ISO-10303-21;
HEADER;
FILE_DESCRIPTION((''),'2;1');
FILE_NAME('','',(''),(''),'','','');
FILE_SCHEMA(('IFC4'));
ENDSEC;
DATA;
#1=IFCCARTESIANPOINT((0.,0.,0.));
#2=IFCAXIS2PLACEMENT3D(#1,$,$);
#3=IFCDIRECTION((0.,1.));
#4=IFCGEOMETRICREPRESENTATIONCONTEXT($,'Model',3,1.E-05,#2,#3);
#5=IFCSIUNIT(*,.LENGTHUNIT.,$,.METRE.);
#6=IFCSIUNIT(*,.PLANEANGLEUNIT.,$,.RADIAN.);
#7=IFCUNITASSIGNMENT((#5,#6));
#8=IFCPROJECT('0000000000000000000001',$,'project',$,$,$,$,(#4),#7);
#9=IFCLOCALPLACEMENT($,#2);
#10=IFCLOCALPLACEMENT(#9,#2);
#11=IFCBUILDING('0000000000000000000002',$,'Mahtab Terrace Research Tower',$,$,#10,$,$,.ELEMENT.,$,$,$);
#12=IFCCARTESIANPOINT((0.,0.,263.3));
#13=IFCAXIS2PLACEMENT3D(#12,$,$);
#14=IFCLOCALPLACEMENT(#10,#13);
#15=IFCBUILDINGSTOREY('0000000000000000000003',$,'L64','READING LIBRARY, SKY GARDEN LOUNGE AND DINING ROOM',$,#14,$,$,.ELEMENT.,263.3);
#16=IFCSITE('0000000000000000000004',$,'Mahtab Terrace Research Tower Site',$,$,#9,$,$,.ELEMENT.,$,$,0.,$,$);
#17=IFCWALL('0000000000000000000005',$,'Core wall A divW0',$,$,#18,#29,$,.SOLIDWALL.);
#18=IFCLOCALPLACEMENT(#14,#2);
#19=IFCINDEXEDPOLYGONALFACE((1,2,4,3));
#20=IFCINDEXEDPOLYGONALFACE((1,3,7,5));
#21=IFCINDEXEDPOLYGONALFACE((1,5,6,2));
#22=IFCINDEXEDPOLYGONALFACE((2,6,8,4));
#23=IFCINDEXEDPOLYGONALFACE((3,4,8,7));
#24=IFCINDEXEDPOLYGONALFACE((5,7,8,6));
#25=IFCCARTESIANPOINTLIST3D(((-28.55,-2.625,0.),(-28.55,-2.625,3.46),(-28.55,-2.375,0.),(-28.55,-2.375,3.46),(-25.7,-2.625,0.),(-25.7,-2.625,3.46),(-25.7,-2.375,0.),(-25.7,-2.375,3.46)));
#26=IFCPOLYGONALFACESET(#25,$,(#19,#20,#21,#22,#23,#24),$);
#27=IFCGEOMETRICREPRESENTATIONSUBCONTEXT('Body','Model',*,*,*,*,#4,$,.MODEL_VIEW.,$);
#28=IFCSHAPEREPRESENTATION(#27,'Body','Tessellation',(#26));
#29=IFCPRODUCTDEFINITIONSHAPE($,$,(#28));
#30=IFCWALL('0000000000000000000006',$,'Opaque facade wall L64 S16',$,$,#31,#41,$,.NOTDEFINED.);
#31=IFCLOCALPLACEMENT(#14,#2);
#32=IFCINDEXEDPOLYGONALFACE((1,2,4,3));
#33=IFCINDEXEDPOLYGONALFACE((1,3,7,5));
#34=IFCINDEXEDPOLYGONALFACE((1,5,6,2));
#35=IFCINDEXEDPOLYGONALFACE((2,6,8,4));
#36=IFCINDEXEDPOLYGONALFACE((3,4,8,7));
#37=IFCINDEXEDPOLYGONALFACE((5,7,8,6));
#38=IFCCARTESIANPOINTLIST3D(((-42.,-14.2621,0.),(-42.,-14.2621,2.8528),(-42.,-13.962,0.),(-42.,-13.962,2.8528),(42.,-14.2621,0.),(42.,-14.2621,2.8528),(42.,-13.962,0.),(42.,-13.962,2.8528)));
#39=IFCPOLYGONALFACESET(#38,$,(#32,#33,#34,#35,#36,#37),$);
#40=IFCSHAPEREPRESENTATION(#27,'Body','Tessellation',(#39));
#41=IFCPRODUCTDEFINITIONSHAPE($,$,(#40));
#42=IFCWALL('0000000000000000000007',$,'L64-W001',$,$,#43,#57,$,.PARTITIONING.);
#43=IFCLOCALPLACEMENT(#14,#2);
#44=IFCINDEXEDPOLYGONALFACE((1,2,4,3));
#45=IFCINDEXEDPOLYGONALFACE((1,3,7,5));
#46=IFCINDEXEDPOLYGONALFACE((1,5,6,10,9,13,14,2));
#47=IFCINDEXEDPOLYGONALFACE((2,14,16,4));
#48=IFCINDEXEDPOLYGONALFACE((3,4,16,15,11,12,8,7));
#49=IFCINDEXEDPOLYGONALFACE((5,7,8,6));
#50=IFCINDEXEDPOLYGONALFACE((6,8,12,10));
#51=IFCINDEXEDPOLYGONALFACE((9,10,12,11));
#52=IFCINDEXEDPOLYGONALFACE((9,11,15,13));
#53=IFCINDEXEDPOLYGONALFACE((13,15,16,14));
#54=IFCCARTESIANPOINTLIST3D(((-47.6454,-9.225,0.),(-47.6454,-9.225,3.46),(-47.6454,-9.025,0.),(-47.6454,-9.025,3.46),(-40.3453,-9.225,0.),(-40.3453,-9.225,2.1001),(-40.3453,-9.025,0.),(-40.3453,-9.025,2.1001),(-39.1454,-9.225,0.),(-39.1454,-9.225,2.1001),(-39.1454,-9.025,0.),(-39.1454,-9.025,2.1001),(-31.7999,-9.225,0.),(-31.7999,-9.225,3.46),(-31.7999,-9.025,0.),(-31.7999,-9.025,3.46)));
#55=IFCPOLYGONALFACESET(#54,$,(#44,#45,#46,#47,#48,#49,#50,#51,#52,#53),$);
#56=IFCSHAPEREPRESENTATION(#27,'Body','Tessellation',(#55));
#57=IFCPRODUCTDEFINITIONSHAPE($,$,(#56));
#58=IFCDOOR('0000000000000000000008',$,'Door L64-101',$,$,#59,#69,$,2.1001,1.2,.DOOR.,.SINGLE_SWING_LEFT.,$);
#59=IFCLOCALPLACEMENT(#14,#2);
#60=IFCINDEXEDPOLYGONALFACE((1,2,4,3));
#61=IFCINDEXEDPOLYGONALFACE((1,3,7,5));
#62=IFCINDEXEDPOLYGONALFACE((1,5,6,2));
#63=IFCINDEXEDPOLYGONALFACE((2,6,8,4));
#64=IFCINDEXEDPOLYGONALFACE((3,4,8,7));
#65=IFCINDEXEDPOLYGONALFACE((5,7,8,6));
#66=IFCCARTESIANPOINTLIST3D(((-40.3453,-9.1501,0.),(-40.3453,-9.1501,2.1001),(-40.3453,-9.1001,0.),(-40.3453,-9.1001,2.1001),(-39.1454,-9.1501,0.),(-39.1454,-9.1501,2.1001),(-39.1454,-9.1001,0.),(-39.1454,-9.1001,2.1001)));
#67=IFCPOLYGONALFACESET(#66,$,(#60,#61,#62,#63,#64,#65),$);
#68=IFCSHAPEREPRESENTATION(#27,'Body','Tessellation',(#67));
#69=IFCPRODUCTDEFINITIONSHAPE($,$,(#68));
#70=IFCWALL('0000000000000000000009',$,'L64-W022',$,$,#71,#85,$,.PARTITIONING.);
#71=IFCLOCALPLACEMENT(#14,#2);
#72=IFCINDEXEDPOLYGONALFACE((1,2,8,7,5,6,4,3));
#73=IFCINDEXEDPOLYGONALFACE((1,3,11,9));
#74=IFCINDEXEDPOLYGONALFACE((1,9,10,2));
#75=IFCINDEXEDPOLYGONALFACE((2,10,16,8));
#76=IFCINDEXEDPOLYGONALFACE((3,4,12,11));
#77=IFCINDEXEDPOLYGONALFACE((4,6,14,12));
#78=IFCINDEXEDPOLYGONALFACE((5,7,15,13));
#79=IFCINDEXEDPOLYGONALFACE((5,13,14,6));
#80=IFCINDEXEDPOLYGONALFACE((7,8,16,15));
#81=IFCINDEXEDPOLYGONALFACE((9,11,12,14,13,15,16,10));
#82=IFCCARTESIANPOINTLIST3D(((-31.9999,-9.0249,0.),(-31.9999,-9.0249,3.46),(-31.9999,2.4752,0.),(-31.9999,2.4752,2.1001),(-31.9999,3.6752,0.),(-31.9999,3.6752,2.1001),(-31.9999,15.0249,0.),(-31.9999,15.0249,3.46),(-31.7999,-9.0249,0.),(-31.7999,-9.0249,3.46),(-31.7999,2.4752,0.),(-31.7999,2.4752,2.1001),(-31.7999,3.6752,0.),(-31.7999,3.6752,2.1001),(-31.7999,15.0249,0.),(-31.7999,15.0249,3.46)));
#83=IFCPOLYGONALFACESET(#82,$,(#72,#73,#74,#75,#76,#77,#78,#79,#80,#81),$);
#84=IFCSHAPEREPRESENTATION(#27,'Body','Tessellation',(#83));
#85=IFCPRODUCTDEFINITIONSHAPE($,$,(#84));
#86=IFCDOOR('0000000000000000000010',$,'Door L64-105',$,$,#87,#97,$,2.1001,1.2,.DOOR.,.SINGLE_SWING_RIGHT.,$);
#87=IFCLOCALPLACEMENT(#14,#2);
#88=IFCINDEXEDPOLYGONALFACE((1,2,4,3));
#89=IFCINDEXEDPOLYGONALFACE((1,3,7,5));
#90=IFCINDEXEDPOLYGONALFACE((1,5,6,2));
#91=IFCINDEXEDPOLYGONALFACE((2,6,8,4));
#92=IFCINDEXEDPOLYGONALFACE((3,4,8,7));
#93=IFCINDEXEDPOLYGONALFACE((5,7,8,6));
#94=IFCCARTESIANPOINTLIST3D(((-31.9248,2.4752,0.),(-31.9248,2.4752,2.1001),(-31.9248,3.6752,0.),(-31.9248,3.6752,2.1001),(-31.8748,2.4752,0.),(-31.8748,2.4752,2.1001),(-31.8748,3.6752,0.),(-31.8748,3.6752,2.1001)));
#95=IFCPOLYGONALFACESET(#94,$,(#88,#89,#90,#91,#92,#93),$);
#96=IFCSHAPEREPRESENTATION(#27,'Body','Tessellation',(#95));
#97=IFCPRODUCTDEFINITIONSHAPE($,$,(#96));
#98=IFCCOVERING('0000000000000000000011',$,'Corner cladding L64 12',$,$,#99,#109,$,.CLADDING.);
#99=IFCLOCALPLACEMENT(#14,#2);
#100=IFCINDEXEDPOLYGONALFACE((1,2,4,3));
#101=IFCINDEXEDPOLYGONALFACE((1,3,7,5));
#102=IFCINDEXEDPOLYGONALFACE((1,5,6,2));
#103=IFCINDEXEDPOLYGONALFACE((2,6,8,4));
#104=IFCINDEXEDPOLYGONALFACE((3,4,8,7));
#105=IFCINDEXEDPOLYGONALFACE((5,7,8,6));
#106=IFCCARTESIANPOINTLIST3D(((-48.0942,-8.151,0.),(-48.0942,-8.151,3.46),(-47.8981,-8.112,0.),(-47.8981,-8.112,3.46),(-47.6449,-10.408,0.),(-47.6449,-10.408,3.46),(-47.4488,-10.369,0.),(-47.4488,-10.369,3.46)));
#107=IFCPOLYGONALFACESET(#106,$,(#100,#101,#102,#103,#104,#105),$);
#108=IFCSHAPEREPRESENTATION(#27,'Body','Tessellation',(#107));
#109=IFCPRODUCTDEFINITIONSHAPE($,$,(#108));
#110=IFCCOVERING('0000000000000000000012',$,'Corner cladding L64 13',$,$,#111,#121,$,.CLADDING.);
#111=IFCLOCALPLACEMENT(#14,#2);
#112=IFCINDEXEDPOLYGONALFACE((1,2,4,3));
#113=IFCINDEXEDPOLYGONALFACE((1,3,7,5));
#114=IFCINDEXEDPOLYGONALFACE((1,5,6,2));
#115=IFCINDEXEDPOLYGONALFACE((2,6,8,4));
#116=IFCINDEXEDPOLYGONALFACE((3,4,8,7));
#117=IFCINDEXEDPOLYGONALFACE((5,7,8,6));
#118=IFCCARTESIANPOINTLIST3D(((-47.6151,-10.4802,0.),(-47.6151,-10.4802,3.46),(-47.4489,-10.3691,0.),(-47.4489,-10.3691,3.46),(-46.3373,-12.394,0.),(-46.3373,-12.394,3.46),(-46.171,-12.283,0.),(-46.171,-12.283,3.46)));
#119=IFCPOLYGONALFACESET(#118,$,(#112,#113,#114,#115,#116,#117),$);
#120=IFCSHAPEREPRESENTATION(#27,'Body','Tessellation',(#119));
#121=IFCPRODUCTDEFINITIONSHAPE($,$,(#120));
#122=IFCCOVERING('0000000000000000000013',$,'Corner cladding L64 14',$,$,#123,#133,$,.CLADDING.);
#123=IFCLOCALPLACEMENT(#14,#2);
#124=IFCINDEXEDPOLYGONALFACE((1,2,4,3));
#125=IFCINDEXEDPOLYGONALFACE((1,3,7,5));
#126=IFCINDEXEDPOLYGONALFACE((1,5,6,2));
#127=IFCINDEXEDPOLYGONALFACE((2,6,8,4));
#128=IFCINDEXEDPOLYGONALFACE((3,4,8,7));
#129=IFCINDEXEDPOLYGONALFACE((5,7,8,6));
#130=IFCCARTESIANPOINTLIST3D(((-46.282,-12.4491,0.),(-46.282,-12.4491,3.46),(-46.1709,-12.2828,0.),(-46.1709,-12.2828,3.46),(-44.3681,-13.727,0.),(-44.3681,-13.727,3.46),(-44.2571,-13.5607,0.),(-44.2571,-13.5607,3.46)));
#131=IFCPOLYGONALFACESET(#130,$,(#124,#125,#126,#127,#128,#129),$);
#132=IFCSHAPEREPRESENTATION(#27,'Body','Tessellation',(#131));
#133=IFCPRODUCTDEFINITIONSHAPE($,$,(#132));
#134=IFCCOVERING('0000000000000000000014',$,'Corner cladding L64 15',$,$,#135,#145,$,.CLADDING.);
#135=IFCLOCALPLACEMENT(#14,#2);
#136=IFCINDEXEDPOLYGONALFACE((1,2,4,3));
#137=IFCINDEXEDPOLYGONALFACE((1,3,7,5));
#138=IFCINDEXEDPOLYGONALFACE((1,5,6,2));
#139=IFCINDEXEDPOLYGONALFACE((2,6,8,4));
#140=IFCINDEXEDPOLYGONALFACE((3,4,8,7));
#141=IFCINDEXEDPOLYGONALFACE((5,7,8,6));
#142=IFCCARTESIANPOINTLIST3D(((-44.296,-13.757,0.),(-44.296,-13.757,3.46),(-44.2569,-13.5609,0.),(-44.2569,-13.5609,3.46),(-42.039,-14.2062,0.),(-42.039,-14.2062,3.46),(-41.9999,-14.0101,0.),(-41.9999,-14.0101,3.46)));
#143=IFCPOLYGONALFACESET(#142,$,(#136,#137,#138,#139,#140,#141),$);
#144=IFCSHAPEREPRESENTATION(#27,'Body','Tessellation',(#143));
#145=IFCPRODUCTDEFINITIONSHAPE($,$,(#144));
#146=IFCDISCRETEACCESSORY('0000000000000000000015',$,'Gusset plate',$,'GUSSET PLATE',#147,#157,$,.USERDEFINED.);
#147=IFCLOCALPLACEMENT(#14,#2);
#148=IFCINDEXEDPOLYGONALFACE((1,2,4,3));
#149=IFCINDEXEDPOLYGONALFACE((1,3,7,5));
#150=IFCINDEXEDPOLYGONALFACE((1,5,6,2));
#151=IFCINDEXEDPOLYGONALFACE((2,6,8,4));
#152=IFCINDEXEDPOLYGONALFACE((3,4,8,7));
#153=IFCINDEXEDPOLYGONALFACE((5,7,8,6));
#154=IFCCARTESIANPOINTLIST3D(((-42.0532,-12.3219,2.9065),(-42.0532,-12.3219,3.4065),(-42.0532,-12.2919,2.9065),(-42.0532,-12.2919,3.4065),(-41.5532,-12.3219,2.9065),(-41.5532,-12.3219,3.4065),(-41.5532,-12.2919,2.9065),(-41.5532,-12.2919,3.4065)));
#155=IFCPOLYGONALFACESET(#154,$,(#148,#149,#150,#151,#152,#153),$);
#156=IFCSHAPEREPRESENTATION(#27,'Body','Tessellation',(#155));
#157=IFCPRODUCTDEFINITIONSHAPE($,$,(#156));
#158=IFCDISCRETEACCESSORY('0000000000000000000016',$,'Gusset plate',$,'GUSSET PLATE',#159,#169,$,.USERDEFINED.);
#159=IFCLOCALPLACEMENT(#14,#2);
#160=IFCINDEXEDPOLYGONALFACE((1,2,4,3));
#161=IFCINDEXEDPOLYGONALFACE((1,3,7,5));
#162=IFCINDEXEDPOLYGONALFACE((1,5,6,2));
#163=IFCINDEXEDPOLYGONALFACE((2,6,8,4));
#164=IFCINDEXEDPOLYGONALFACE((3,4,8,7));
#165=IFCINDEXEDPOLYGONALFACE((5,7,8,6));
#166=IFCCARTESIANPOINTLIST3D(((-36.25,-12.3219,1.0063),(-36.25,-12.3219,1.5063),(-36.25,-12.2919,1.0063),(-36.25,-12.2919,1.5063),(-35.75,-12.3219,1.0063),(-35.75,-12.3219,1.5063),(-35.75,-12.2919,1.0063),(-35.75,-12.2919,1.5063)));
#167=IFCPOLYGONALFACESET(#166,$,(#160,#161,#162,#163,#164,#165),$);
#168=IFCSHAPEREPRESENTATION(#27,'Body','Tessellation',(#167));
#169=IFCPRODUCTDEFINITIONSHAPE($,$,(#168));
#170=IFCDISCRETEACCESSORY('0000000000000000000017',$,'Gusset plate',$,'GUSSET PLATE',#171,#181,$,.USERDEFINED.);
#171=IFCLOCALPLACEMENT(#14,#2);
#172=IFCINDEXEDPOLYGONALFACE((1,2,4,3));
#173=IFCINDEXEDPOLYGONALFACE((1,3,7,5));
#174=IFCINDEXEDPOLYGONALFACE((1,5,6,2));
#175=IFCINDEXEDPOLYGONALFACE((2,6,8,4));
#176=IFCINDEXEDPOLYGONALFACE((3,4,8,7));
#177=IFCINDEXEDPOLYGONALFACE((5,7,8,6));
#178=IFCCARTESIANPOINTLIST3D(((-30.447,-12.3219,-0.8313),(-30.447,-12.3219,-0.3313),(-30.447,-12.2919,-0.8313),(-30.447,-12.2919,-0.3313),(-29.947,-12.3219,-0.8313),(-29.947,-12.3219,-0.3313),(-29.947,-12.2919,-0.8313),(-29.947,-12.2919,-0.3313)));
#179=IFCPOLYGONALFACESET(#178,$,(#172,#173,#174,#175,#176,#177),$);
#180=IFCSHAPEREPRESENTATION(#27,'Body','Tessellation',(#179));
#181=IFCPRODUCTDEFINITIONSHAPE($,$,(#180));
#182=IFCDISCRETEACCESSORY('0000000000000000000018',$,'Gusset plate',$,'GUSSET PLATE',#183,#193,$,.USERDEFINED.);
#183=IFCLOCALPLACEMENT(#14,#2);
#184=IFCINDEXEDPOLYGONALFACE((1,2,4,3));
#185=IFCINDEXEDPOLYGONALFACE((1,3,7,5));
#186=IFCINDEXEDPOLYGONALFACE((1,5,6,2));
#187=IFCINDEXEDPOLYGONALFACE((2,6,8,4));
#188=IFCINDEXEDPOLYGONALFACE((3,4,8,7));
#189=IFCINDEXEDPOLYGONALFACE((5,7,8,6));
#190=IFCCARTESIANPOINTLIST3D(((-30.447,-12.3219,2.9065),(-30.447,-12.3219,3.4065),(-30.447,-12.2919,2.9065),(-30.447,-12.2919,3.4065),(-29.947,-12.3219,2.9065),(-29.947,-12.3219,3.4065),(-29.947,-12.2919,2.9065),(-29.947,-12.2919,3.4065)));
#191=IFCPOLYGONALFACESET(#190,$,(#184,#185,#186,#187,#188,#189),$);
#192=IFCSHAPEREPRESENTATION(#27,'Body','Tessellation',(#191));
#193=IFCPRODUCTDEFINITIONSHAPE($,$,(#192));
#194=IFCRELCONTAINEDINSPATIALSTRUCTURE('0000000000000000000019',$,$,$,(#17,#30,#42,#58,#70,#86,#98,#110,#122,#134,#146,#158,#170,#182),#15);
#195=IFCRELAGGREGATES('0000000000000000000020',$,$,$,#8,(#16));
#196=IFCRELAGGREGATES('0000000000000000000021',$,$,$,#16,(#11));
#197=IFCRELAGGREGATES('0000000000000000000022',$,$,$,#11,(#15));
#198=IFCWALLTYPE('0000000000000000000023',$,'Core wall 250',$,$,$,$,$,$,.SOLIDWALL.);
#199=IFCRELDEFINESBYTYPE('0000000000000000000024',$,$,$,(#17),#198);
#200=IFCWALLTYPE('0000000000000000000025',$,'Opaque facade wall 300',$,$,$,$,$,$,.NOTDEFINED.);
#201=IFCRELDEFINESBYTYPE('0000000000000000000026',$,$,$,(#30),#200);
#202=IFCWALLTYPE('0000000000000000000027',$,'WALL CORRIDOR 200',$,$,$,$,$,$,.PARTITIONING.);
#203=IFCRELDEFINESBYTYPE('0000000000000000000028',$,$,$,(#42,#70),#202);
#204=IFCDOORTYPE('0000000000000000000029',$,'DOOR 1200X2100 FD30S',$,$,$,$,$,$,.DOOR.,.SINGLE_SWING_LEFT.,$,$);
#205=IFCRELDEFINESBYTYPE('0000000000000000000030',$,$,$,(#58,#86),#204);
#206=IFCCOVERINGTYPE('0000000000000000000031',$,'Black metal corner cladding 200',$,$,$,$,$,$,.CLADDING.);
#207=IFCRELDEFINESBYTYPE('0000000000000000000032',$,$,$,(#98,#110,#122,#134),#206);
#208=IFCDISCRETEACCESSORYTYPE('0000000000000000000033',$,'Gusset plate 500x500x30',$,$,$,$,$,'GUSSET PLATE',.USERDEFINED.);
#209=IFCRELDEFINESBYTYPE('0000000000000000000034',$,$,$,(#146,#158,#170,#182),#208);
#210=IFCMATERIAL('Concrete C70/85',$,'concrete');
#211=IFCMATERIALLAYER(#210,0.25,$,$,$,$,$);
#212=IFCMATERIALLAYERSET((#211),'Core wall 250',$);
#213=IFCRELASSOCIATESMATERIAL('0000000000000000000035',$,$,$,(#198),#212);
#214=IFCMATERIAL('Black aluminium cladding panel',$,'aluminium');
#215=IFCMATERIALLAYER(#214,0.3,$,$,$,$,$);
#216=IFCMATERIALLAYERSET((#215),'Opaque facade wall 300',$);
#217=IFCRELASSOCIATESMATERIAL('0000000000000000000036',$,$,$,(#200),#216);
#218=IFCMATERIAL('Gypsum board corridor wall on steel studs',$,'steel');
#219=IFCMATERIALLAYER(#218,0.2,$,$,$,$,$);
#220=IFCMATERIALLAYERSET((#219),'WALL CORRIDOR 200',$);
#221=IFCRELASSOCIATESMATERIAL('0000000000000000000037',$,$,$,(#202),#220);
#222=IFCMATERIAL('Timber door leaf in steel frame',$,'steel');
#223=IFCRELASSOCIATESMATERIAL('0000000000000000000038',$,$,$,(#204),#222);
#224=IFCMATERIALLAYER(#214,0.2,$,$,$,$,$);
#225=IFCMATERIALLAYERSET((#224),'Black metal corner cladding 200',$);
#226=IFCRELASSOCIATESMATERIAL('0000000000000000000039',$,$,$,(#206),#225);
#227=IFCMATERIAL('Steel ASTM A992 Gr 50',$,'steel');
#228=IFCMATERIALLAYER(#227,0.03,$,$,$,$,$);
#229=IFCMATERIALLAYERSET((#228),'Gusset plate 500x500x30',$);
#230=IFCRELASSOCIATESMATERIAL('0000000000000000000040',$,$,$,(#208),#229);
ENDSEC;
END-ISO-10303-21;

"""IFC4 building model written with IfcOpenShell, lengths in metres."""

from ifc_helpers import new_model, si_unit, direction, frame, frame_2d, origin, origin_2d, place, context, subcontext, project, spatial, rectangle, extrude, material, layer, layer_set, type_object, element, fill, save


model = new_model("IFC4")

# Units and contexts
model_context = context("Model", 3, precision=1e-05, world=origin(), true_north=direction((0.0, 1.0)))
body_context = subcontext(model_context, "Body", "Model", "MODEL_VIEW")
ifc_project = project(units=[si_unit("LENGTHUNIT", "METRE"), si_unit("PLANEANGLEUNIT", "RADIAN")], contexts=[model_context])

# Site, building, storey
site_placement = place(None, origin())
site = spatial("IfcSite", under=ifc_project, at=site_placement, Name="Mahtab Terrace Research Tower Site", CompositionType="ELEMENT", RefElevation=0.0)
building_placement = place(site_placement, origin())
building = spatial("IfcBuilding", under=site, at=building_placement, Name="Mahtab Terrace Research Tower", CompositionType="ELEMENT")
storey_placement = place(building_placement, frame((0.0, 0.0, 263.3)))
storey = spatial("IfcBuildingStorey", under=building, at=storey_placement, Name="L64", Description="READING LIBRARY, SKY GARDEN LOUNGE AND DINING ROOM", CompositionType="ELEMENT", Elevation=263.3)

# Shared definitions
ifc_material_1 = material(Name="Concrete C70/85", Category="concrete")
ifc_material_2 = material(Name="Steel ASTM A992 Gr 50", Category="steel")

# Walls
ifc_layer_1 = layer(ifc_material_1, 0.25)
ifc_layer_set_1 = layer_set([ifc_layer_1], Name="Core wall 250")
wall_type_1 = type_object("IfcWallType", Name="Core wall 250", PredefinedType="SOLIDWALL", material=ifc_layer_set_1)
wall_1_placement = place(storey_placement, frame((-28.55, -2.5, 0.0), z_axis=(0.0, 0.0, 1.0), x_axis=(1.0, 0.0, 0.0)))
element("IfcWall", 1, at=wall_1_placement, inside=storey, type_object=wall_type_1, Name="Core wall A divW0", PredefinedType="SOLIDWALL", context=body_context, shape_type="SweptSolid", body=[
    extrude(rectangle(XDim=2.8501, YDim=0.25, at=frame_2d((1.425, 0.0))), origin(), (0.0, 0.0, 1.0), 3.46),
])
ifc_material_3 = material(Name="Black aluminium cladding panel", Category="aluminium")
ifc_layer_2 = layer(ifc_material_3, 0.3)
ifc_layer_set_2 = layer_set([ifc_layer_2], Name="Opaque facade wall 300")
wall_type_2 = type_object("IfcWallType", Name="Opaque facade wall 300", PredefinedType="NOTDEFINED", material=ifc_layer_set_2)
wall_2_placement = place(storey_placement, frame((-42.0, -14.1121, 0.0), z_axis=(0.0, 0.0, 1.0), x_axis=(1.0, 0.0, 0.0)))
element("IfcWall", 2, at=wall_2_placement, inside=storey, type_object=wall_type_2, Name="Opaque facade wall L64 S16", PredefinedType="NOTDEFINED", context=body_context, shape_type="SweptSolid", body=[
    extrude(rectangle(XDim=84.0, YDim=0.3, at=frame_2d((42.0, 0.0))), origin(), (0.0, 0.0, 1.0), 2.8528),
])

# Walls, openings, doors
ifc_material_4 = material(Name="Gypsum board corridor wall on steel studs", Category="steel")
ifc_layer_3 = layer(ifc_material_4, 0.2)
ifc_layer_set_3 = layer_set([ifc_layer_3], Name="WALL CORRIDOR 200")
wall_type_3 = type_object("IfcWallType", Name="WALL CORRIDOR 200", PredefinedType="PARTITIONING", material=ifc_layer_set_3)
wall_3_placement = place(storey_placement, frame((-47.6455, -9.125, 0.0), z_axis=(0.0, 0.0, 1.0), x_axis=(1.0, 0.0, 0.0)))
wall_3 = element("IfcWall", 3, at=wall_3_placement, inside=storey, type_object=wall_type_3, Name="L64-W001", PredefinedType="PARTITIONING", context=body_context, shape_type="SweptSolid", body=[
    extrude(rectangle(XDim=15.8455, YDim=0.2, at=frame_2d((7.9229, 0.0))), origin(), (0.0, 0.0, 1.0), 3.46),
])
opening_1_placement = place(wall_3_placement, frame((7.3, 0.0, 0.0)))
opening_1 = element("IfcOpeningElement", 4, at=opening_1_placement, cuts=wall_3, PredefinedType="OPENING", context=body_context, shape_type="SweptSolid", body=[
    extrude(rectangle(XDim=1.2, YDim=2.1001, at=frame_2d((0.6001, 1.05))), frame((0.0, 0.1099, 0.0), z_axis=(0.0, -1.0, 0.0), x_axis=(1.0, 0.0, 0.0)), (0.0, 0.0, 1.0), 0.22),
])
ifc_material_5 = material(Name="Timber door leaf in steel frame", Category="steel")
door_type = type_object("IfcDoorType", Name="DOOR 1200X2100 FD30S", OperationType="SINGLE_SWING_LEFT", PredefinedType="DOOR", material=ifc_material_5)
door_1_placement = place(opening_1_placement, origin())
door_1 = element("IfcDoor", 5, at=door_1_placement, inside=storey, type_object=door_type, Name="Door L64-101", OperationType="SINGLE_SWING_LEFT", OverallHeight=2.1001, OverallWidth=1.2, PredefinedType="DOOR", context=body_context, shape_type="SweptSolid", body=[
    extrude(rectangle(XDim=1.2, YDim=2.1001, at=frame_2d((0.6001, 1.05))), frame((0.0, 0.0249, 0.0), z_axis=(0.0, -1.0, 0.0), x_axis=(1.0, 0.0, 0.0)), (0.0, 0.0, 1.0), 0.05),
])
fill(opening_1, door_1)
wall_4_placement = place(storey_placement, frame((-31.8999, -9.0249, 0.0), z_axis=(0.0, 0.0, 1.0), x_axis=(0.0, 1.0, 0.0)))
wall_4 = element("IfcWall", 6, at=wall_4_placement, inside=storey, type_object=wall_type_3, Name="L64-W022", PredefinedType="PARTITIONING", context=body_context, shape_type="SweptSolid", body=[
    extrude(rectangle(XDim=24.0498, YDim=0.2, at=frame_2d((12.0249, 0.0))), origin(), (0.0, 0.0, 1.0), 3.46),
])
opening_2_placement = place(wall_4_placement, frame((11.5, 0.0, 0.0)))
opening_2 = element("IfcOpeningElement", 7, at=opening_2_placement, cuts=wall_4, PredefinedType="OPENING", context=body_context, shape_type="SweptSolid", body=[
    extrude(rectangle(XDim=1.2, YDim=2.1001, at=frame_2d((0.6001, 1.05))), frame((0.0, 0.1099, 0.0), z_axis=(0.0, -1.0, 0.0), x_axis=(1.0, 0.0, 0.0)), (0.0, 0.0, 1.0), 0.22),
])
door_2_placement = place(opening_2_placement, origin())
door_2 = element("IfcDoor", 8, at=door_2_placement, inside=storey, type_object=door_type, Name="Door L64-105", OperationType="SINGLE_SWING_RIGHT", OverallHeight=2.1001, OverallWidth=1.2, PredefinedType="DOOR", context=body_context, shape_type="SweptSolid", body=[
    extrude(rectangle(XDim=1.2, YDim=2.1001, at=frame_2d((0.6001, 1.05))), frame((0.0, 0.0249, 0.0), z_axis=(0.0, -1.0, 0.0), x_axis=(1.0, 0.0, 0.0)), (0.0, 0.0, 1.0), 0.05),
])
fill(opening_2, door_2)

# Coverings
ifc_layer_4 = layer(ifc_material_3, 0.2)
ifc_layer_set_4 = layer_set([ifc_layer_4], Name="Black metal corner cladding 200")
covering_type = type_object("IfcCoveringType", Name="Black metal corner cladding 200", PredefinedType="CLADDING", material=ifc_layer_set_4)
for number, where, z_axis, x_axis, name in (
    (9, (-47.7715, -9.26, 0.0), (0.0, 0.0, 1.0), (0.195212, -0.980761, 0.0), "Corner cladding L64 12"),
    (10, (-46.8931, -11.3816, 0.0), (0.0, 0.0, 1.0), (0.555291, -0.831656, 0.0), "Corner cladding L64 13"),
    (11, (-45.2695, -13.0049, 0.0), (0.0, 0.0, 1.0), (0.831656, -0.555291, 0.0), "Corner cladding L64 14"),
    (12, (-43.1479, -13.8835, 0.0), (0.0, 0.0, 1.0), (0.980761, -0.195212, 0.0), "Corner cladding L64 15"),
):
    element("IfcCovering", number, at=place(storey_placement, frame(where, z_axis=z_axis, x_axis=x_axis)), inside=storey, type_object=covering_type, Name=name, PredefinedType="CLADDING", context=body_context, shape_type="SweptSolid", body=[
        extrude(rectangle(XDim=2.3013, YDim=0.2, at=origin_2d()), origin(), (0.0, 0.0, 1.0), 3.46),
    ])

# Discrete accessories
ifc_layer_5 = layer(ifc_material_2, 0.03)
ifc_layer_set_5 = layer_set([ifc_layer_5], Name="Gusset plate 500x500x30")
discrete_accessory_type = type_object("IfcDiscreteAccessoryType", Name="Gusset plate 500x500x30", ElementType="GUSSET PLATE", PredefinedType="USERDEFINED", material=ifc_layer_set_5)
for number, where, z_axis, x_axis, name in (
    (13, (-41.8032, -12.3069, 2.9065), (0.0, 0.0, 1.0), (1.0, 0.0, 0.0), "Gusset plate"),
    (14, (-36.0, -12.3069, 1.0063), (0.0, 0.0, 1.0), (1.0, 0.0, 0.0), "Gusset plate"),
    (15, (-30.197, -12.3069, -0.8313), (0.0, 0.0, 1.0), (1.0, 0.0, 0.0), "Gusset plate"),
    (16, (-30.197, -12.3069, 2.9065), (0.0, 0.0, 1.0), (1.0, 0.0, 0.0), "Gusset plate"),
):
    element("IfcDiscreteAccessory", number, at=place(storey_placement, frame(where, z_axis=z_axis, x_axis=x_axis)), inside=storey, type_object=discrete_accessory_type, Name=name, ObjectType="GUSSET PLATE", PredefinedType="USERDEFINED", context=body_context, shape_type="SweptSolid", body=[
        extrude(rectangle(XDim=0.5, YDim=0.03, at=origin_2d()), origin(), (0.0, 0.0, 1.0), 0.5),
    ])

save(model, "model.ifc")
